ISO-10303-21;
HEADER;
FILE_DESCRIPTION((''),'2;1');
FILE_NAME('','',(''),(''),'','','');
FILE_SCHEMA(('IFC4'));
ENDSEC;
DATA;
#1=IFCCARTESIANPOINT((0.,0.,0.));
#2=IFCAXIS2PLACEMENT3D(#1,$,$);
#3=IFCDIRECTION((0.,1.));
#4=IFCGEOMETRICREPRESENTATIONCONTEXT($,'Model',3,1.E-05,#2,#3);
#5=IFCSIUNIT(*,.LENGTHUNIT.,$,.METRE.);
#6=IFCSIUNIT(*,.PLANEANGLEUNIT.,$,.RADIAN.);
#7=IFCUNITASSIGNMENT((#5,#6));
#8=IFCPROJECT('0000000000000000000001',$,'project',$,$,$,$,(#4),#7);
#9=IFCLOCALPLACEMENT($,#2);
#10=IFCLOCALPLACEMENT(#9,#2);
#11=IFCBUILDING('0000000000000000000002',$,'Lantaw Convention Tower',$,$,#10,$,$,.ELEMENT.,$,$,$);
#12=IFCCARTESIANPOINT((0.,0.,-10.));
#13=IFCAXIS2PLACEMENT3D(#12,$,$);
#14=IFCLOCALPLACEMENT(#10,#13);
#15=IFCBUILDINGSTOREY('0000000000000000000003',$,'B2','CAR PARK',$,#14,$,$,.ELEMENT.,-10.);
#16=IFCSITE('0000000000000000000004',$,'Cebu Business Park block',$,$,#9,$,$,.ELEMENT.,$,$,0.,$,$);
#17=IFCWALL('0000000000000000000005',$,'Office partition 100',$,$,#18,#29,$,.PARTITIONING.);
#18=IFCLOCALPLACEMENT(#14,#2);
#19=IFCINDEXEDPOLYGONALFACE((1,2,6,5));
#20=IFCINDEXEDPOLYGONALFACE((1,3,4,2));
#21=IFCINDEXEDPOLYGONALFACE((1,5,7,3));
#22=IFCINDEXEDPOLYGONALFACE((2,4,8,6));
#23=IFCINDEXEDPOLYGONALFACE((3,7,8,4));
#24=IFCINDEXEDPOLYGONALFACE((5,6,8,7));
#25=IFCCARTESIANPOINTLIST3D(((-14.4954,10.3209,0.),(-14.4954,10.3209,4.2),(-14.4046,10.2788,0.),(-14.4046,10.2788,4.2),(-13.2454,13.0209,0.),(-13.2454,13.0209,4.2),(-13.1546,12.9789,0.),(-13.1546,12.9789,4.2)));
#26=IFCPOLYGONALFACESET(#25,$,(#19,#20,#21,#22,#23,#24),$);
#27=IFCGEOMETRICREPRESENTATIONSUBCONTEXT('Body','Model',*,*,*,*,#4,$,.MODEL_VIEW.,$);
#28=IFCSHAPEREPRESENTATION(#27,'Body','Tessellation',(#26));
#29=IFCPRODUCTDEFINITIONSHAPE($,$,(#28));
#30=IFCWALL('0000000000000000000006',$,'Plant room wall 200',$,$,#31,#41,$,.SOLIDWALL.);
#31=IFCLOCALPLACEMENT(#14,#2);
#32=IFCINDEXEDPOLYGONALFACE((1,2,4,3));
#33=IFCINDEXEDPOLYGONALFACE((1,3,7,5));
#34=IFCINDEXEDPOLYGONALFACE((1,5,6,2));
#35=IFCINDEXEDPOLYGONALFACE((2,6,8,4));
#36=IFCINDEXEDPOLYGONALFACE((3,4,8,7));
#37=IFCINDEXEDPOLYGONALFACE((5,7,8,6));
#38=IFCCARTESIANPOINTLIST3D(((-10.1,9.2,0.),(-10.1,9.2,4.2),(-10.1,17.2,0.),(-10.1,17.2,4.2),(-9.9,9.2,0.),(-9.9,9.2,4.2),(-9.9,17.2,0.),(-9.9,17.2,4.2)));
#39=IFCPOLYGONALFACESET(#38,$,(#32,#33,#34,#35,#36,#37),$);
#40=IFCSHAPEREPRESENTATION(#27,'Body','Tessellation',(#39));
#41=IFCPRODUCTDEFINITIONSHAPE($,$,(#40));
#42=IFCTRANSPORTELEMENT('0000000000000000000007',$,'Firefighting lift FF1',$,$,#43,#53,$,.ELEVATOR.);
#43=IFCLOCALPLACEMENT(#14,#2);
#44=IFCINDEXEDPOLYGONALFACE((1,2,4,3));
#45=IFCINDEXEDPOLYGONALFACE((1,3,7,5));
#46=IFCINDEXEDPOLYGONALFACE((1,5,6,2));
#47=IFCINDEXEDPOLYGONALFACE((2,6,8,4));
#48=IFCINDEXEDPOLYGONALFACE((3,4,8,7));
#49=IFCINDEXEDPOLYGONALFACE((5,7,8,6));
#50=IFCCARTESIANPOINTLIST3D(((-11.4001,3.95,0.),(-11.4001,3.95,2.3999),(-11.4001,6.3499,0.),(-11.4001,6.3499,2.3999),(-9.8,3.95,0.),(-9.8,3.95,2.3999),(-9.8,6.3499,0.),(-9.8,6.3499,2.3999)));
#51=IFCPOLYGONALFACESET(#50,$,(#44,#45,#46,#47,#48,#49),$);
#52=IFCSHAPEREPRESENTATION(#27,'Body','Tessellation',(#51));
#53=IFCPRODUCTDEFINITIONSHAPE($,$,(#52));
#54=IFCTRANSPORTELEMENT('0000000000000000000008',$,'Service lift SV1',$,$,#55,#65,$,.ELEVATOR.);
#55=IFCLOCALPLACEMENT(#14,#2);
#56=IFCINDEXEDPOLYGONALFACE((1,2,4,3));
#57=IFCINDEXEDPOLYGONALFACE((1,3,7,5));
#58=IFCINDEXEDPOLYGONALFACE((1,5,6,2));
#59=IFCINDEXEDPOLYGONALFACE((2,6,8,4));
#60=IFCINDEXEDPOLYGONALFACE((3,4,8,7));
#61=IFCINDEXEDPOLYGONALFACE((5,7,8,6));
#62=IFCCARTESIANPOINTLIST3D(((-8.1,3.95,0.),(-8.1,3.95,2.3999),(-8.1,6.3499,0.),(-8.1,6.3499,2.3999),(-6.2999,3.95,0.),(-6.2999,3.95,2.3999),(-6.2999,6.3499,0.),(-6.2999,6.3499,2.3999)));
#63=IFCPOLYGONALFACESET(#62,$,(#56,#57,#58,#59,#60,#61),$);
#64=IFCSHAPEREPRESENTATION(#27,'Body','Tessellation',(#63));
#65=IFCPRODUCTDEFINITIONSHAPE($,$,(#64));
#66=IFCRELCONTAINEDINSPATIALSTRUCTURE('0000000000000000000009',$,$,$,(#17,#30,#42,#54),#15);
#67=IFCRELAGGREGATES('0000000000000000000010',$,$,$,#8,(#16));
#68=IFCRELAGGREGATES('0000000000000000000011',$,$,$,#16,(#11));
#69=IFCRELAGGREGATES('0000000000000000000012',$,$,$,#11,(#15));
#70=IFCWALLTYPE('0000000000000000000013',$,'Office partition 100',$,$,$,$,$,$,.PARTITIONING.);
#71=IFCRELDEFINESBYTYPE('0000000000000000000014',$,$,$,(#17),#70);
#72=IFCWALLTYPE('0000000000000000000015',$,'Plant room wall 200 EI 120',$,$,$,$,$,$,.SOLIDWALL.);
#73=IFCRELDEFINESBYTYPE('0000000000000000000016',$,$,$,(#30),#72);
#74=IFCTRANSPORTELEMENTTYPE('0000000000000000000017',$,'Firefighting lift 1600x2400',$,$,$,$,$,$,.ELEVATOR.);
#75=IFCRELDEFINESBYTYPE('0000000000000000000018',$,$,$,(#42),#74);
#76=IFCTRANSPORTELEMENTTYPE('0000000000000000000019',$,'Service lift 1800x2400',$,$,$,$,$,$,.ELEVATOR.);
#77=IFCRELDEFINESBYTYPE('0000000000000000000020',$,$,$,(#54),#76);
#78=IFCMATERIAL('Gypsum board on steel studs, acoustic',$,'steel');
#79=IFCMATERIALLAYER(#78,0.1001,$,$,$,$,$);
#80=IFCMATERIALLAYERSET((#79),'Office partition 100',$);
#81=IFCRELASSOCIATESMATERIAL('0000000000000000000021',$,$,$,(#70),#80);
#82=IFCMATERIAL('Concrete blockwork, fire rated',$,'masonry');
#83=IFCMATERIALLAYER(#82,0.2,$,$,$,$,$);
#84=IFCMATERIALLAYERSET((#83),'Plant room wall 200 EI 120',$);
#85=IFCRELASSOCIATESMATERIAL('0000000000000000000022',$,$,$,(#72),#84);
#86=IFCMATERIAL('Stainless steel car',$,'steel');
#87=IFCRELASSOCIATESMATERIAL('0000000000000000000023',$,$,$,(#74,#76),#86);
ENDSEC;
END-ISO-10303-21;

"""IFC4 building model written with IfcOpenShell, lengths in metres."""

from ifc_helpers import new_model, si_unit, direction, frame, frame_2d, origin, origin_2d, place, context, subcontext, project, spatial, rectangle, extrude, material, layer, layer_set, type_object, element, save


model = new_model("IFC4")

# Units and contexts
model_context = context("Model", 3, precision=1e-05, world=origin(), true_north=direction((0.0, 1.0)))
body_context = subcontext(model_context, "Body", "Model", "MODEL_VIEW")
ifc_project = project(units=[si_unit("LENGTHUNIT", "METRE"), si_unit("PLANEANGLEUNIT", "RADIAN")], contexts=[model_context])

# Site, building, storey
site_placement = place(None, origin())
site = spatial("IfcSite", under=ifc_project, at=site_placement, Name="Cebu Business Park block", CompositionType="ELEMENT", RefElevation=0.0)
building_placement = place(site_placement, origin())
building = spatial("IfcBuilding", under=site, at=building_placement, Name="Lantaw Convention Tower", CompositionType="ELEMENT")
storey_placement = place(building_placement, frame((0.0, 0.0, -10.0)))
storey = spatial("IfcBuildingStorey", under=building, at=storey_placement, Name="B2", Description="CAR PARK", CompositionType="ELEMENT", Elevation=-10.0)

# Walls
ifc_material_1 = material(Name="Gypsum board on steel studs, acoustic", Category="steel")
ifc_layer_1 = layer(ifc_material_1, 0.1001)
ifc_layer_set_1 = layer_set([ifc_layer_1], Name="Office partition 100")
wall_type_1 = type_object("IfcWallType", Name="Office partition 100", PredefinedType="PARTITIONING", material=ifc_layer_set_1)
wall_1_placement = place(storey_placement, frame((-13.2, 13.0, 0.0), z_axis=(0.0, 0.0, 1.0), x_axis=(-0.42013, -0.907464, 0.0)))
element("IfcWall", 1, at=wall_1_placement, inside=storey, type_object=wall_type_1, Name="Office partition 100", PredefinedType="PARTITIONING", context=body_context, shape_type="SweptSolid", body=[
    extrude(rectangle(XDim=2.9753, YDim=0.1001, at=frame_2d((1.4878, 0.0))), origin(), (0.0, 0.0, 1.0), 4.2),
])
ifc_material_2 = material(Name="Concrete blockwork, fire rated", Category="masonry")
ifc_layer_2 = layer(ifc_material_2, 0.2)
ifc_layer_set_2 = layer_set([ifc_layer_2], Name="Plant room wall 200 EI 120")
wall_type_2 = type_object("IfcWallType", Name="Plant room wall 200 EI 120", PredefinedType="SOLIDWALL", material=ifc_layer_set_2)
wall_2_placement = place(storey_placement, frame((-10.0, 9.2, 0.0), z_axis=(0.0, 0.0, 1.0), x_axis=(0.0, 1.0, 0.0)))
element("IfcWall", 2, at=wall_2_placement, inside=storey, type_object=wall_type_2, Name="Plant room wall 200", PredefinedType="SOLIDWALL", context=body_context, shape_type="SweptSolid", body=[
    extrude(rectangle(XDim=8.0, YDim=0.2, at=frame_2d((4.0, 0.0))), origin(), (0.0, 0.0, 1.0), 4.2),
])

# Transport elements
ifc_material_3 = material(Name="Stainless steel car", Category="steel")
transport_element_type_1 = type_object("IfcTransportElementType", Name="Firefighting lift 1600x2400", PredefinedType="ELEVATOR", material=ifc_material_3)
transport_element_1_placement = place(storey_placement, frame((-10.6001, 5.1499, 0.0), z_axis=(0.0, 0.0, 1.0), x_axis=(1.0, 0.0, 0.0)))
element("IfcTransportElement", 3, at=transport_element_1_placement, inside=storey, type_object=transport_element_type_1, Name="Firefighting lift FF1", PredefinedType="ELEVATOR", context=body_context, shape_type="SweptSolid", body=[
    extrude(rectangle(XDim=1.6001, YDim=2.3999, at=origin_2d()), origin(), (0.0, 0.0, 1.0), 2.3999),
])
transport_element_type_2 = type_object("IfcTransportElementType", Name="Service lift 1800x2400", PredefinedType="ELEVATOR", material=ifc_material_3)
transport_element_2_placement = place(storey_placement, frame((-7.2, 5.1499, 0.0), z_axis=(0.0, 0.0, 1.0), x_axis=(1.0, 0.0, 0.0)))
element("IfcTransportElement", 4, at=transport_element_2_placement, inside=storey, type_object=transport_element_type_2, Name="Service lift SV1", PredefinedType="ELEVATOR", context=body_context, shape_type="SweptSolid", body=[
    extrude(rectangle(XDim=1.8, YDim=2.3999, at=origin_2d()), origin(), (0.0, 0.0, 1.0), 2.3999),
])

save(model, "model.ifc")
